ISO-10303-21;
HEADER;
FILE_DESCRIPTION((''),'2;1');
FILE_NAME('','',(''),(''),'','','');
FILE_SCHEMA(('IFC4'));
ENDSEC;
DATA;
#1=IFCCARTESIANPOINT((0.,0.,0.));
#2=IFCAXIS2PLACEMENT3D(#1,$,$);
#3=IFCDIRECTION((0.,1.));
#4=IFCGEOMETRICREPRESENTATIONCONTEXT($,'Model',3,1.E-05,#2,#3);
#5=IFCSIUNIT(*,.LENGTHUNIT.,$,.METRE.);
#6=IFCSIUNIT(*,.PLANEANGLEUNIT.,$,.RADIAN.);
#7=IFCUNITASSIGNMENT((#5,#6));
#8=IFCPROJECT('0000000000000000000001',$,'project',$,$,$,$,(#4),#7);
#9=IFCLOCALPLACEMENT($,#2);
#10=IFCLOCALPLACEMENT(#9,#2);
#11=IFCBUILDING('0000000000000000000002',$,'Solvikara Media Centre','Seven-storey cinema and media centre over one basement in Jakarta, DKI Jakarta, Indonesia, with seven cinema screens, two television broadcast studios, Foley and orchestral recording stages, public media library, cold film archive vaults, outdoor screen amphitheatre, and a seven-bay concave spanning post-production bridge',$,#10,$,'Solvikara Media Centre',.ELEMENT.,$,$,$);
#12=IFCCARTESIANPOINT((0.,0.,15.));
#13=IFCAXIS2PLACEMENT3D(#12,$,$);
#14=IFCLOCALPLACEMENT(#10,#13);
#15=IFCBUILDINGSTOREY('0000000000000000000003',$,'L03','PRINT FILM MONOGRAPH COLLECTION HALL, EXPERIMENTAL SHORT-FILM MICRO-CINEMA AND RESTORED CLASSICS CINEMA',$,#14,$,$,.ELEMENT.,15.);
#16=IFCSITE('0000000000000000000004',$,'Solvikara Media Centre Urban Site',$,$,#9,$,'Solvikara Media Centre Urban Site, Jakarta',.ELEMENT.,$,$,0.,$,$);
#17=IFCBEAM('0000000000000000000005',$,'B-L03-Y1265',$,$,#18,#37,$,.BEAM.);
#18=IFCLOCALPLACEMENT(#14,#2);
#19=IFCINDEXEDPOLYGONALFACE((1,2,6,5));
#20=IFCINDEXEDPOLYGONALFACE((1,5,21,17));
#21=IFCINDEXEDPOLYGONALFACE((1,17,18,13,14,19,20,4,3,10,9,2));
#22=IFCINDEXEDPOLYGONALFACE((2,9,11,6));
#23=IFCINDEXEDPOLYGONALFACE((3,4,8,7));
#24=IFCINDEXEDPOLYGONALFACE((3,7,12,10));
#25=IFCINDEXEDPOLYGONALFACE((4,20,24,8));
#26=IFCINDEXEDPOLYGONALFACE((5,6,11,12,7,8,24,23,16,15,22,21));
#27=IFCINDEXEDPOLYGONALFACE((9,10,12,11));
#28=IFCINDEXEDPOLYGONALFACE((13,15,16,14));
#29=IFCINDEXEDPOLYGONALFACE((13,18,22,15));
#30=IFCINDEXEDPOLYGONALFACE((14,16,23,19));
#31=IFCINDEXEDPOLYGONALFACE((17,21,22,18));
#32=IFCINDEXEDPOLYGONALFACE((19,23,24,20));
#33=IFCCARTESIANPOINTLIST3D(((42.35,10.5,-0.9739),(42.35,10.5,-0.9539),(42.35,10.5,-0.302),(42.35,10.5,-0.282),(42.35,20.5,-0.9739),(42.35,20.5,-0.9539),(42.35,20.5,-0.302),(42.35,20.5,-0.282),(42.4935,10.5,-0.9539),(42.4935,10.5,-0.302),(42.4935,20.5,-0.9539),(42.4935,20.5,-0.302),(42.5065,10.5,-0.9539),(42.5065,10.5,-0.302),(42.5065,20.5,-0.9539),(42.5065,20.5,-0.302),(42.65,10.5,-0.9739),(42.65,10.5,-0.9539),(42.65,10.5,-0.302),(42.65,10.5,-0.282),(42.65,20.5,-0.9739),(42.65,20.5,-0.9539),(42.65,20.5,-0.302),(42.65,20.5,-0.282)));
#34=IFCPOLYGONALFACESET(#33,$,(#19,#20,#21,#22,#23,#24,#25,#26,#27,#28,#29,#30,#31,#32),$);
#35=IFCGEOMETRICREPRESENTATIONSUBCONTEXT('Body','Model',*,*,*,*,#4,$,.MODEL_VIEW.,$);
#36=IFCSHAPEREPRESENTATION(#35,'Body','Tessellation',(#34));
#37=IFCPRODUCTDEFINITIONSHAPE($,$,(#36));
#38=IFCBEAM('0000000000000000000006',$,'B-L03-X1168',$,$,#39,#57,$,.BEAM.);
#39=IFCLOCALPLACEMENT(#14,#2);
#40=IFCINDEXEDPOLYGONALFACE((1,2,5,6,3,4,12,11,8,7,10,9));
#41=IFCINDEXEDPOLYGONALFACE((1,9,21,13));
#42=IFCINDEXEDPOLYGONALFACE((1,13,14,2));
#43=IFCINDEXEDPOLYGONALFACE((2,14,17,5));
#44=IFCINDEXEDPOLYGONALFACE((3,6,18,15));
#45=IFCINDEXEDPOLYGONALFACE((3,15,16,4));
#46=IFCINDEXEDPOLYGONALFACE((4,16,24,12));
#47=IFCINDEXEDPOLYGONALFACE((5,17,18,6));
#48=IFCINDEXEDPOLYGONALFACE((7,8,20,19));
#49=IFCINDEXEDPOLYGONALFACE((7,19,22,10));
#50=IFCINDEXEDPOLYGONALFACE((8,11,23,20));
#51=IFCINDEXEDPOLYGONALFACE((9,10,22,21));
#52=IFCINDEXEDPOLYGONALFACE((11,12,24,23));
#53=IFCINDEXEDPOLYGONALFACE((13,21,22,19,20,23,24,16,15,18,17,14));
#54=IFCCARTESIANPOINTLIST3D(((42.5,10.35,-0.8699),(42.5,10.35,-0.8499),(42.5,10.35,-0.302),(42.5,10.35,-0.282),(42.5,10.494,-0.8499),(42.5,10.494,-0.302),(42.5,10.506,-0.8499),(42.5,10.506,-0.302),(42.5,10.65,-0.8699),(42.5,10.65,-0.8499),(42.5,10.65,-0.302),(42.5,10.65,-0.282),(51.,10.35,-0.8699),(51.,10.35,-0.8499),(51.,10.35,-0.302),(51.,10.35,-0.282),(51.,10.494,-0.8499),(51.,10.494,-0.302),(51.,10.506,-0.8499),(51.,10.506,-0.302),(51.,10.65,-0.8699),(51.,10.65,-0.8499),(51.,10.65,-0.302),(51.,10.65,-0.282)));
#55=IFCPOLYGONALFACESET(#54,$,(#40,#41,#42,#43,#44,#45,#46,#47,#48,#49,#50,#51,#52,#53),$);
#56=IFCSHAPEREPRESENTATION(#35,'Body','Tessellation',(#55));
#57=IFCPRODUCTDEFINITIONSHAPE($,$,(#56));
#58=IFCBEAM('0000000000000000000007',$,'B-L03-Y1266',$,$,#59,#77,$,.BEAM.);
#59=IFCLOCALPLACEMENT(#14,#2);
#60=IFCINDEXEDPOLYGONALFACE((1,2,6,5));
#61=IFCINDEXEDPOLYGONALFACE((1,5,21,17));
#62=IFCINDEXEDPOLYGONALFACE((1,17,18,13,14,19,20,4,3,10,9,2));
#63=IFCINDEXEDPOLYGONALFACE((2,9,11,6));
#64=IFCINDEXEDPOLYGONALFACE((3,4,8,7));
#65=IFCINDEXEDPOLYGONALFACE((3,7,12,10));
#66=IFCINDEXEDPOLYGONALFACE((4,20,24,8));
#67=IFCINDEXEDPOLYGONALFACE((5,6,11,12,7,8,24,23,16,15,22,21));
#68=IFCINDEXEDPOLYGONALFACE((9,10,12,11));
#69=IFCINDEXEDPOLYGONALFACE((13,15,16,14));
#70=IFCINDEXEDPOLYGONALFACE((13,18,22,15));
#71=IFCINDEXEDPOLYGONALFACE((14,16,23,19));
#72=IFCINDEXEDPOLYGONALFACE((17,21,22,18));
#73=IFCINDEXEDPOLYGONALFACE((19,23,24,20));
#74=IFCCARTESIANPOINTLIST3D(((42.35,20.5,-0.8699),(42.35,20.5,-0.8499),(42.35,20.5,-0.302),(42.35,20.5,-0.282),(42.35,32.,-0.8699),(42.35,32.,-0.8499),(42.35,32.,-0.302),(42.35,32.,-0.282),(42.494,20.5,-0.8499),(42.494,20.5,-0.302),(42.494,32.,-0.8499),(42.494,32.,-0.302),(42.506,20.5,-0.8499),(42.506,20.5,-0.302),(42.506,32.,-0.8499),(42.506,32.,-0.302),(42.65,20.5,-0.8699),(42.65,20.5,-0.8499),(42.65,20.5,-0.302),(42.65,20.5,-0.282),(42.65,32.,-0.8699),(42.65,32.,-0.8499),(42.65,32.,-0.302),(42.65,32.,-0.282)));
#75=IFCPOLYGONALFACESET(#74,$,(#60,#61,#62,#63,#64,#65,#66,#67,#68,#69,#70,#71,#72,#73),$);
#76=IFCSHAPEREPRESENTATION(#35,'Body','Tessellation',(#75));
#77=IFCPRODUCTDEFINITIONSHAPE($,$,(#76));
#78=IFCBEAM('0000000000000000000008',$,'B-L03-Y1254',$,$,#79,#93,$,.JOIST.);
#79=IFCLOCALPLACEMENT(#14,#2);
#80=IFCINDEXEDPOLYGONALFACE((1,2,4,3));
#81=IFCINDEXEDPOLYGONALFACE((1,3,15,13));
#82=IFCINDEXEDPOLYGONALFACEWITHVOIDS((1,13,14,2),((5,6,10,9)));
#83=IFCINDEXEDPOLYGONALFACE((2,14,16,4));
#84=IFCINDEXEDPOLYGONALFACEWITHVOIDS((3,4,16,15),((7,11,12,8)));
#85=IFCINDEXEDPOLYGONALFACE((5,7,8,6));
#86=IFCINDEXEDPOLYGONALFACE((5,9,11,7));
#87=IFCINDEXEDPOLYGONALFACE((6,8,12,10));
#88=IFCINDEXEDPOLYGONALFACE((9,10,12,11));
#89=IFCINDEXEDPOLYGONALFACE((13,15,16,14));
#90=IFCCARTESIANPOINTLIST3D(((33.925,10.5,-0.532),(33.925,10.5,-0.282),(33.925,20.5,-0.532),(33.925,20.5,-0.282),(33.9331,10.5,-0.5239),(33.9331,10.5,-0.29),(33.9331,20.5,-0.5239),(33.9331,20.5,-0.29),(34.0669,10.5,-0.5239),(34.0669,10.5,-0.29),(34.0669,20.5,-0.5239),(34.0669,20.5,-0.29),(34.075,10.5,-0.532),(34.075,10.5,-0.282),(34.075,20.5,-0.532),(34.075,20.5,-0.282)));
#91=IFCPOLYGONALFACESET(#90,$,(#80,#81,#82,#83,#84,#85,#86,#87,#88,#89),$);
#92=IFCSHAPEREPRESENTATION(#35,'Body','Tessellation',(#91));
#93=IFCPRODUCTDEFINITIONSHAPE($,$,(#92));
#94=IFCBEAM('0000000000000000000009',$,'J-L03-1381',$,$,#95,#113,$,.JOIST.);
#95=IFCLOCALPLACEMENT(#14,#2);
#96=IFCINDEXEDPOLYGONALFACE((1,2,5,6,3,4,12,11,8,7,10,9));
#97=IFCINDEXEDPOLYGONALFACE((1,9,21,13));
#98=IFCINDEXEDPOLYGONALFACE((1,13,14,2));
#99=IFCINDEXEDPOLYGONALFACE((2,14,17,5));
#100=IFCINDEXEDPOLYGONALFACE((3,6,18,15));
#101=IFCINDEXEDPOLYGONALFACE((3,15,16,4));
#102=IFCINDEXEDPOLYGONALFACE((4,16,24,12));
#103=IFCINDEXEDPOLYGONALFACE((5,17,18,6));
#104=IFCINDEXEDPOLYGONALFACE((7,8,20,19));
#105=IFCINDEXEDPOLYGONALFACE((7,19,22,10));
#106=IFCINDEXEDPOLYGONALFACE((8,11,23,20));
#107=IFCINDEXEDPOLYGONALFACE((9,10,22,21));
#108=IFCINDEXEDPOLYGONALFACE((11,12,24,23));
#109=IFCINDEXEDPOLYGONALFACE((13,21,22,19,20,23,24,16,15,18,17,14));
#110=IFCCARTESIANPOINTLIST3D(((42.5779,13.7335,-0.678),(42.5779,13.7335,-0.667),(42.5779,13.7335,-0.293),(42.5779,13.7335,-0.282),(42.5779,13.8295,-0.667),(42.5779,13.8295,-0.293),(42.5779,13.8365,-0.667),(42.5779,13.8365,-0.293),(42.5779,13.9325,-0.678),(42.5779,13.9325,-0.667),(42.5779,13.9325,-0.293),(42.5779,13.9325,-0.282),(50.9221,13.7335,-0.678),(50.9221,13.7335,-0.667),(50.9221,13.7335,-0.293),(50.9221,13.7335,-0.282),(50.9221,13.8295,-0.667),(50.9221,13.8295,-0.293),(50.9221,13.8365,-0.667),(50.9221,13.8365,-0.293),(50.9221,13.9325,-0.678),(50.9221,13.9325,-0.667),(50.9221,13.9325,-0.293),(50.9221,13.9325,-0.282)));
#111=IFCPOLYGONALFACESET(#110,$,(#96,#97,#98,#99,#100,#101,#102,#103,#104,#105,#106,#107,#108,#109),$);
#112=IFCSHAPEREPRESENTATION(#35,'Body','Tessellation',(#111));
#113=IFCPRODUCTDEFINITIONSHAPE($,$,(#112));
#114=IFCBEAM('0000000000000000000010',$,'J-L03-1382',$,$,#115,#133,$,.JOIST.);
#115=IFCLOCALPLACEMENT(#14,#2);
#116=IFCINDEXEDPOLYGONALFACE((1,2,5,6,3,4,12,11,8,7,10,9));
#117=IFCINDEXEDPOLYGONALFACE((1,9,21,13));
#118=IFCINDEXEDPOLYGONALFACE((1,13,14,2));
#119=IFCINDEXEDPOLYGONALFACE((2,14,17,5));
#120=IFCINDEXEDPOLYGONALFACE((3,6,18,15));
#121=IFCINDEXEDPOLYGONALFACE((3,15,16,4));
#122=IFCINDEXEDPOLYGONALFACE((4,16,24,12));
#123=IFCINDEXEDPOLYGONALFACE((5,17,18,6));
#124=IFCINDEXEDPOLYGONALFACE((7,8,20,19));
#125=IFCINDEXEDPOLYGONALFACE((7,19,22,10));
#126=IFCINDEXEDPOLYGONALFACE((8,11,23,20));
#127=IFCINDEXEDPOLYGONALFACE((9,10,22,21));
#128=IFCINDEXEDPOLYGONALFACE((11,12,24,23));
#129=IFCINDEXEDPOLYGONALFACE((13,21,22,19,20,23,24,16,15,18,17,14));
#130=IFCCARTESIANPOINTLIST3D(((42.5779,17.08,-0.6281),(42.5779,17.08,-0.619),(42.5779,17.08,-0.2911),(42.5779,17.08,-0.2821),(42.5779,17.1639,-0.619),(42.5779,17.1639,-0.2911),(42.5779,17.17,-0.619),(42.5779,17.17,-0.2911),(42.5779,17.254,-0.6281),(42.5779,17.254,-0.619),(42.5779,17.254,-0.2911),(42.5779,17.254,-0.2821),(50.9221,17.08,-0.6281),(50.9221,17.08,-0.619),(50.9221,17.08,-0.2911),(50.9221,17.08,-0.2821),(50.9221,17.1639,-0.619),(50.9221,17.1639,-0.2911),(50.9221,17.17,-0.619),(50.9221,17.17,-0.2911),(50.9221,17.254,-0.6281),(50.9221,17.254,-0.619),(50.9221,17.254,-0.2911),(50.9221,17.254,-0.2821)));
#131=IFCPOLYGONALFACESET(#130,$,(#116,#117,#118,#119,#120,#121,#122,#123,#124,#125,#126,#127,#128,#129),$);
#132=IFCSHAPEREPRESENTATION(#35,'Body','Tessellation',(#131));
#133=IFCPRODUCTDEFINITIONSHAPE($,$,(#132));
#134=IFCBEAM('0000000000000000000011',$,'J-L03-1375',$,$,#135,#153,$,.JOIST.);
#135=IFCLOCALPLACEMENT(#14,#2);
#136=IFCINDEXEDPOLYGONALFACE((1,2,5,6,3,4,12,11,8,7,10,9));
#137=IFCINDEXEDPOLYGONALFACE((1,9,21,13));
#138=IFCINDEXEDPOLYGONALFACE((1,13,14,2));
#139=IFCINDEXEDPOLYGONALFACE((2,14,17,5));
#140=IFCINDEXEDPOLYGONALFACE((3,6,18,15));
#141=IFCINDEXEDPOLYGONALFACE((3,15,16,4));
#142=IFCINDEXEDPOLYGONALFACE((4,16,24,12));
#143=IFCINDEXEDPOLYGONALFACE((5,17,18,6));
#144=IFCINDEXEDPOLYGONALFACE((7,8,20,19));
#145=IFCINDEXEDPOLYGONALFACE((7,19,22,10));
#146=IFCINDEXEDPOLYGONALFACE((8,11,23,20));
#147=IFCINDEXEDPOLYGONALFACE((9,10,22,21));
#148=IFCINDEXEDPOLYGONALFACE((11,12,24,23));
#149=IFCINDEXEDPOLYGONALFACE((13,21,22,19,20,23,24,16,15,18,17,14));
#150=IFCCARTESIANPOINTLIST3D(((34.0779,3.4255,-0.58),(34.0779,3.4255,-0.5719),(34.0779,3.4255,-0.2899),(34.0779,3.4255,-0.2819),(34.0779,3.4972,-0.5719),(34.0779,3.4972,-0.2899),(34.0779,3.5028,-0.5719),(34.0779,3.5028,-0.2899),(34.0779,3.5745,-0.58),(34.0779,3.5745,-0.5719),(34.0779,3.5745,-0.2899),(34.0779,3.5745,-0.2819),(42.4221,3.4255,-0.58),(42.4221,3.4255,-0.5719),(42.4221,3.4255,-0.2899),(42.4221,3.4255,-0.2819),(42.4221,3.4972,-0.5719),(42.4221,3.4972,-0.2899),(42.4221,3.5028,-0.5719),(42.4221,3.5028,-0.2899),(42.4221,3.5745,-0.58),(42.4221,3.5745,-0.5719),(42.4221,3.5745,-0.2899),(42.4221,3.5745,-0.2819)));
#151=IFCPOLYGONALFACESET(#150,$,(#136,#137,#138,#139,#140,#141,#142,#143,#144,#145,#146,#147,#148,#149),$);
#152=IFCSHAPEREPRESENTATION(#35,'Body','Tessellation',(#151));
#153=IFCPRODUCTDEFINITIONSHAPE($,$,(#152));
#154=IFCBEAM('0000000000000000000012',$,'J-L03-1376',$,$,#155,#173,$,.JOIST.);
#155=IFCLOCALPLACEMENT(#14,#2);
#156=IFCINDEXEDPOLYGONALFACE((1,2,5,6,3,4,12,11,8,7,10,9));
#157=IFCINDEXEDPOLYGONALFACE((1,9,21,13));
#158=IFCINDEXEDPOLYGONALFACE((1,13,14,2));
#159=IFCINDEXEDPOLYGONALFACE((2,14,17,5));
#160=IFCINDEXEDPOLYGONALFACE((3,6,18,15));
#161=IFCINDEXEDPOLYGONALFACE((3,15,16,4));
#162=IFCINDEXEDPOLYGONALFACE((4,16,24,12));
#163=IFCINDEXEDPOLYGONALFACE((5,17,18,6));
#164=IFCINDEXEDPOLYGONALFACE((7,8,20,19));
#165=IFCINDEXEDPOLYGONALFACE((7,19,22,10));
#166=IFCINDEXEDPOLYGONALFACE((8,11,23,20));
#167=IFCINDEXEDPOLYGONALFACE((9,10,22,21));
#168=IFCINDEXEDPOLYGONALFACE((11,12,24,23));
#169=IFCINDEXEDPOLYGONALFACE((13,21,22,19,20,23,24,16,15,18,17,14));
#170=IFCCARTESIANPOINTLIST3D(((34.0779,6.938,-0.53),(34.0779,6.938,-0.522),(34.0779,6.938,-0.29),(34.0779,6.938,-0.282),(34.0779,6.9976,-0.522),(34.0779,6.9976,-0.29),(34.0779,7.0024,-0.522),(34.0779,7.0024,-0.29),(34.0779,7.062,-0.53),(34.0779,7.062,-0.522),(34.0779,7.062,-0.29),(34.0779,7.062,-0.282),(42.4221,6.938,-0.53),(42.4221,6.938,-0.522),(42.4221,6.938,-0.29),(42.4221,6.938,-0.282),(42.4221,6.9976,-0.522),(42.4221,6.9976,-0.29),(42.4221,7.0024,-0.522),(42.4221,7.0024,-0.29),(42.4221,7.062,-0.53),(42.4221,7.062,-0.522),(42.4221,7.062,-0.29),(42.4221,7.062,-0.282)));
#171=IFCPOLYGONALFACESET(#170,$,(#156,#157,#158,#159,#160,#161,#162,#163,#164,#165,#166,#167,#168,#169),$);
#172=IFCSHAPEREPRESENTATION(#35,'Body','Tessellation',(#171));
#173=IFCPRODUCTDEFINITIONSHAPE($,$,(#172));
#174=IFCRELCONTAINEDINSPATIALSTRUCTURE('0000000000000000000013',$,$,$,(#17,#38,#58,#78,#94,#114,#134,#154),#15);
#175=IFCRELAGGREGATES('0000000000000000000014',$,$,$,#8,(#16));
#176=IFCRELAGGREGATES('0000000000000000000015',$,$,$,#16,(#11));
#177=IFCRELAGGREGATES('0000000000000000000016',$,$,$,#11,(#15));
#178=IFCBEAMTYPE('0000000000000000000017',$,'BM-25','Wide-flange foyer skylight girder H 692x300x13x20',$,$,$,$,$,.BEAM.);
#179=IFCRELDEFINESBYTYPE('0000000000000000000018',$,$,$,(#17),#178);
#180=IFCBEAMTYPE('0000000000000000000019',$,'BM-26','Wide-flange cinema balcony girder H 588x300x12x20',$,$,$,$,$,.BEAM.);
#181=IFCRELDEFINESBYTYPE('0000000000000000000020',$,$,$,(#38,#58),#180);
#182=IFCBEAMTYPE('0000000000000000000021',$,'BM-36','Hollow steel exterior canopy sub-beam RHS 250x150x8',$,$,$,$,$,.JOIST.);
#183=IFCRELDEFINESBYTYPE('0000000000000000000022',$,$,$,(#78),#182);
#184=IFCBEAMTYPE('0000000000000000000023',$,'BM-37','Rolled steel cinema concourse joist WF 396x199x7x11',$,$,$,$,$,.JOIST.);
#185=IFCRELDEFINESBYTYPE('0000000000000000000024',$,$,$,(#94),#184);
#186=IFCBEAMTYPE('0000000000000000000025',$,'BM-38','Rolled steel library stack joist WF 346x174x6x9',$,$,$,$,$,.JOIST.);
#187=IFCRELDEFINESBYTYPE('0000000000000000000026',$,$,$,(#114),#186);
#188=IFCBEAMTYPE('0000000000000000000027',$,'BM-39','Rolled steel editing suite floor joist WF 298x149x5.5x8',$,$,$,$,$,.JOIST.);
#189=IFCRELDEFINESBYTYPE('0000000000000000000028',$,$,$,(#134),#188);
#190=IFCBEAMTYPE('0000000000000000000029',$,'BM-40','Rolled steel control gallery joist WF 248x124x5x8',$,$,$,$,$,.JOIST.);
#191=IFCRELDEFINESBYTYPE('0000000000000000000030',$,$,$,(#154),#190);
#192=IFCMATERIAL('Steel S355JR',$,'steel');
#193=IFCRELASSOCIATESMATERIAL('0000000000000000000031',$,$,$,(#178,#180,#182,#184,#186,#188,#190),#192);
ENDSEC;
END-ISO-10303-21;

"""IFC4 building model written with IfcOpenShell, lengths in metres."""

from ifc_helpers import new_model, si_unit, direction, frame, origin, origin_2d, place, context, subcontext, project, spatial, hollow_rectangle, i_section, extrude, material, material_profile, profile_set, type_object, element, save


model = new_model("IFC4")

# Units and contexts
model_context = context("Model", 3, precision=1e-05, world=origin(), true_north=direction((0.0, 1.0)))
body_context = subcontext(model_context, "Body", "Model", "MODEL_VIEW")
ifc_project = project(units=[si_unit("LENGTHUNIT", "METRE"), si_unit("PLANEANGLEUNIT", "RADIAN")], contexts=[model_context])

# Site, building, storey
site_placement = place(None, origin())
site = spatial("IfcSite", under=ifc_project, at=site_placement, Name="Solvikara Media Centre Urban Site", LongName="Solvikara Media Centre Urban Site, Jakarta", CompositionType="ELEMENT", RefElevation=0.0)
building_placement = place(site_placement, origin())
building = spatial("IfcBuilding", under=site, at=building_placement, Name="Solvikara Media Centre", Description="Seven-storey cinema and media centre over one basement in Jakarta, DKI Jakarta, Indonesia, with seven cinema screens, two television broadcast studios, Foley and orchestral recording stages, public media library, cold film archive vaults, outdoor screen amphitheatre, and a seven-bay concave spanning post-production bridge", LongName="Solvikara Media Centre", CompositionType="ELEMENT")
storey_placement = place(building_placement, frame((0.0, 0.0, 15.0)))
storey = spatial("IfcBuildingStorey", under=building, at=storey_placement, Name="L03", Description="PRINT FILM MONOGRAPH COLLECTION HALL, EXPERIMENTAL SHORT-FILM MICRO-CINEMA AND RESTORED CLASSICS CINEMA", CompositionType="ELEMENT", Elevation=15.0)

# Beams
ifc_material_1 = material(Name="Steel S355JR", Category="steel")
ifc_material_profile_1 = material_profile(ifc_material_1, i_section(OverallWidth=0.3, OverallDepth=0.6919, WebThickness=0.0129, FlangeThickness=0.02, at=origin_2d()), Name="H 692x300x13x20")
ifc_profile_set_1 = profile_set([ifc_material_profile_1], Name="Steel S355JR")
beam_type_1 = type_object("IfcBeamType", Name="BM-25", Description="Wide-flange foyer skylight girder H 692x300x13x20", PredefinedType="BEAM", material=ifc_profile_set_1)
beam_1_placement = place(storey_placement, frame((42.5, 10.5, -0.6279), z_axis=(0.0, 1.0, 0.0), x_axis=(-1.0, 0.0, 0.0)))
element("IfcBeam", 1, at=beam_1_placement, inside=storey, type_object=beam_type_1, Name="B-L03-Y1265", PredefinedType="BEAM", context=body_context, shape_type="SweptSolid", body=[
    extrude(i_section(OverallWidth=0.3, OverallDepth=0.6919, WebThickness=0.0129, FlangeThickness=0.02, at=origin_2d()), origin(), (0.0, 0.0, 1.0), 10.0),
])
ifc_material_profile_2 = material_profile(ifc_material_1, i_section(OverallWidth=0.3, OverallDepth=0.5879, WebThickness=0.012, FlangeThickness=0.02, at=origin_2d()), Name="H 588x300x12x20")
ifc_profile_set_2 = profile_set([ifc_material_profile_2], Name="Steel S355JR")
beam_type_2 = type_object("IfcBeamType", Name="BM-26", Description="Wide-flange cinema balcony girder H 588x300x12x20", PredefinedType="BEAM", material=ifc_profile_set_2)
beam_2_placement = place(storey_placement, frame((42.5, 10.5, -0.5759), z_axis=(1.0, 0.0, 0.0), x_axis=(0.0, 1.0, 0.0)))
element("IfcBeam", 2, at=beam_2_placement, inside=storey, type_object=beam_type_2, Name="B-L03-X1168", PredefinedType="BEAM", context=body_context, shape_type="SweptSolid", body=[
    extrude(i_section(OverallWidth=0.3, OverallDepth=0.5879, WebThickness=0.012, FlangeThickness=0.02, at=origin_2d()), origin(), (0.0, 0.0, 1.0), 8.5),
])
beam_3_placement = place(storey_placement, frame((42.5, 20.5, -0.5759), z_axis=(0.0, 1.0, 0.0), x_axis=(-1.0, 0.0, 0.0)))
element("IfcBeam", 3, at=beam_3_placement, inside=storey, type_object=beam_type_2, Name="B-L03-Y1266", PredefinedType="BEAM", context=body_context, shape_type="SweptSolid", body=[
    extrude(i_section(OverallWidth=0.3, OverallDepth=0.5879, WebThickness=0.012, FlangeThickness=0.02, at=origin_2d()), origin(), (0.0, 0.0, 1.0), 11.5),
])
ifc_material_profile_3 = material_profile(ifc_material_1, hollow_rectangle(XDim=0.1499, YDim=0.25, WallThickness=0.0081, at=origin_2d()), Name="RHS 250x150x8")
ifc_profile_set_3 = profile_set([ifc_material_profile_3], Name="Steel S355JR")
beam_type_3 = type_object("IfcBeamType", Name="BM-36", Description="Hollow steel exterior canopy sub-beam RHS 250x150x8", PredefinedType="JOIST", material=ifc_profile_set_3)
beam_4_placement = place(storey_placement, frame((34.0, 10.5, -0.407), z_axis=(0.0, 1.0, 0.0), x_axis=(-1.0, 0.0, 0.0)))
element("IfcBeam", 4, at=beam_4_placement, inside=storey, type_object=beam_type_3, Name="B-L03-Y1254", PredefinedType="JOIST", context=body_context, shape_type="SweptSolid", body=[
    extrude(hollow_rectangle(XDim=0.1499, YDim=0.25, WallThickness=0.0081, at=origin_2d()), origin(), (0.0, 0.0, 1.0), 10.0),
])
ifc_material_profile_4 = material_profile(ifc_material_1, i_section(OverallWidth=0.199, OverallDepth=0.396, WebThickness=0.0071, FlangeThickness=0.011, at=origin_2d()), Name="WF 396x199x7x11")
ifc_profile_set_4 = profile_set([ifc_material_profile_4], Name="Steel S355JR")
beam_type_4 = type_object("IfcBeamType", Name="BM-37", Description="Rolled steel cinema concourse joist WF 396x199x7x11", PredefinedType="JOIST", material=ifc_profile_set_4)
beam_5_placement = place(storey_placement, frame((42.5779, 13.833, -0.48), z_axis=(1.0, 0.0, 0.0), x_axis=(0.0, 1.0, 0.0)))
element("IfcBeam", 5, at=beam_5_placement, inside=storey, type_object=beam_type_4, Name="J-L03-1381", PredefinedType="JOIST", context=body_context, shape_type="SweptSolid", body=[
    extrude(i_section(OverallWidth=0.199, OverallDepth=0.396, WebThickness=0.0071, FlangeThickness=0.011, at=origin_2d()), origin(), (0.0, 0.0, 1.0), 8.3442),
])
ifc_material_profile_5 = material_profile(ifc_material_1, i_section(OverallWidth=0.1741, OverallDepth=0.3459, WebThickness=0.0061, FlangeThickness=0.009, at=origin_2d()), Name="WF 346x174x6x9")
ifc_profile_set_5 = profile_set([ifc_material_profile_5], Name="Steel S355JR")
beam_type_5 = type_object("IfcBeamType", Name="BM-38", Description="Rolled steel library stack joist WF 346x174x6x9", PredefinedType="JOIST", material=ifc_profile_set_5)
beam_6_placement = place(storey_placement, frame((42.5779, 17.167, -0.4551), z_axis=(1.0, 0.0, 0.0), x_axis=(0.0, 1.0, 0.0)))
element("IfcBeam", 6, at=beam_6_placement, inside=storey, type_object=beam_type_5, Name="J-L03-1382", PredefinedType="JOIST", context=body_context, shape_type="SweptSolid", body=[
    extrude(i_section(OverallWidth=0.1741, OverallDepth=0.3459, WebThickness=0.0061, FlangeThickness=0.009, at=origin_2d()), origin(), (0.0, 0.0, 1.0), 8.3442),
])
ifc_material_profile_6 = material_profile(ifc_material_1, i_section(OverallWidth=0.1489, OverallDepth=0.2981, WebThickness=0.0056, FlangeThickness=0.0081, at=origin_2d()), Name="WF 298x149x5.5x8")
ifc_profile_set_6 = profile_set([ifc_material_profile_6], Name="Steel S355JR")
beam_type_6 = type_object("IfcBeamType", Name="BM-39", Description="Rolled steel editing suite floor joist WF 298x149x5.5x8", PredefinedType="JOIST", material=ifc_profile_set_6)
beam_7_placement = place(storey_placement, frame((34.0779, 3.5, -0.4309), z_axis=(1.0, 0.0, 0.0), x_axis=(0.0, 1.0, 0.0)))
element("IfcBeam", 7, at=beam_7_placement, inside=storey, type_object=beam_type_6, Name="J-L03-1375", PredefinedType="JOIST", context=body_context, shape_type="SweptSolid", body=[
    extrude(i_section(OverallWidth=0.1489, OverallDepth=0.2981, WebThickness=0.0056, FlangeThickness=0.0081, at=origin_2d()), origin(), (0.0, 0.0, 1.0), 8.3442),
])
ifc_material_profile_7 = material_profile(ifc_material_1, i_section(OverallWidth=0.124, OverallDepth=0.248, WebThickness=0.0049, FlangeThickness=0.0081, at=origin_2d()), Name="WF 248x124x5x8")
ifc_profile_set_7 = profile_set([ifc_material_profile_7], Name="Steel S355JR")
beam_type_7 = type_object("IfcBeamType", Name="BM-40", Description="Rolled steel control gallery joist WF 248x124x5x8", PredefinedType="JOIST", material=ifc_profile_set_7)
beam_8_placement = place(storey_placement, frame((34.0779, 7.0, -0.406), z_axis=(1.0, 0.0, 0.0), x_axis=(0.0, 1.0, 0.0)))
element("IfcBeam", 8, at=beam_8_placement, inside=storey, type_object=beam_type_7, Name="J-L03-1376", PredefinedType="JOIST", context=body_context, shape_type="SweptSolid", body=[
    extrude(i_section(OverallWidth=0.124, OverallDepth=0.248, WebThickness=0.0049, FlangeThickness=0.0081, at=origin_2d()), origin(), (0.0, 0.0, 1.0), 8.3442),
])

save(model, "model.ifc")
